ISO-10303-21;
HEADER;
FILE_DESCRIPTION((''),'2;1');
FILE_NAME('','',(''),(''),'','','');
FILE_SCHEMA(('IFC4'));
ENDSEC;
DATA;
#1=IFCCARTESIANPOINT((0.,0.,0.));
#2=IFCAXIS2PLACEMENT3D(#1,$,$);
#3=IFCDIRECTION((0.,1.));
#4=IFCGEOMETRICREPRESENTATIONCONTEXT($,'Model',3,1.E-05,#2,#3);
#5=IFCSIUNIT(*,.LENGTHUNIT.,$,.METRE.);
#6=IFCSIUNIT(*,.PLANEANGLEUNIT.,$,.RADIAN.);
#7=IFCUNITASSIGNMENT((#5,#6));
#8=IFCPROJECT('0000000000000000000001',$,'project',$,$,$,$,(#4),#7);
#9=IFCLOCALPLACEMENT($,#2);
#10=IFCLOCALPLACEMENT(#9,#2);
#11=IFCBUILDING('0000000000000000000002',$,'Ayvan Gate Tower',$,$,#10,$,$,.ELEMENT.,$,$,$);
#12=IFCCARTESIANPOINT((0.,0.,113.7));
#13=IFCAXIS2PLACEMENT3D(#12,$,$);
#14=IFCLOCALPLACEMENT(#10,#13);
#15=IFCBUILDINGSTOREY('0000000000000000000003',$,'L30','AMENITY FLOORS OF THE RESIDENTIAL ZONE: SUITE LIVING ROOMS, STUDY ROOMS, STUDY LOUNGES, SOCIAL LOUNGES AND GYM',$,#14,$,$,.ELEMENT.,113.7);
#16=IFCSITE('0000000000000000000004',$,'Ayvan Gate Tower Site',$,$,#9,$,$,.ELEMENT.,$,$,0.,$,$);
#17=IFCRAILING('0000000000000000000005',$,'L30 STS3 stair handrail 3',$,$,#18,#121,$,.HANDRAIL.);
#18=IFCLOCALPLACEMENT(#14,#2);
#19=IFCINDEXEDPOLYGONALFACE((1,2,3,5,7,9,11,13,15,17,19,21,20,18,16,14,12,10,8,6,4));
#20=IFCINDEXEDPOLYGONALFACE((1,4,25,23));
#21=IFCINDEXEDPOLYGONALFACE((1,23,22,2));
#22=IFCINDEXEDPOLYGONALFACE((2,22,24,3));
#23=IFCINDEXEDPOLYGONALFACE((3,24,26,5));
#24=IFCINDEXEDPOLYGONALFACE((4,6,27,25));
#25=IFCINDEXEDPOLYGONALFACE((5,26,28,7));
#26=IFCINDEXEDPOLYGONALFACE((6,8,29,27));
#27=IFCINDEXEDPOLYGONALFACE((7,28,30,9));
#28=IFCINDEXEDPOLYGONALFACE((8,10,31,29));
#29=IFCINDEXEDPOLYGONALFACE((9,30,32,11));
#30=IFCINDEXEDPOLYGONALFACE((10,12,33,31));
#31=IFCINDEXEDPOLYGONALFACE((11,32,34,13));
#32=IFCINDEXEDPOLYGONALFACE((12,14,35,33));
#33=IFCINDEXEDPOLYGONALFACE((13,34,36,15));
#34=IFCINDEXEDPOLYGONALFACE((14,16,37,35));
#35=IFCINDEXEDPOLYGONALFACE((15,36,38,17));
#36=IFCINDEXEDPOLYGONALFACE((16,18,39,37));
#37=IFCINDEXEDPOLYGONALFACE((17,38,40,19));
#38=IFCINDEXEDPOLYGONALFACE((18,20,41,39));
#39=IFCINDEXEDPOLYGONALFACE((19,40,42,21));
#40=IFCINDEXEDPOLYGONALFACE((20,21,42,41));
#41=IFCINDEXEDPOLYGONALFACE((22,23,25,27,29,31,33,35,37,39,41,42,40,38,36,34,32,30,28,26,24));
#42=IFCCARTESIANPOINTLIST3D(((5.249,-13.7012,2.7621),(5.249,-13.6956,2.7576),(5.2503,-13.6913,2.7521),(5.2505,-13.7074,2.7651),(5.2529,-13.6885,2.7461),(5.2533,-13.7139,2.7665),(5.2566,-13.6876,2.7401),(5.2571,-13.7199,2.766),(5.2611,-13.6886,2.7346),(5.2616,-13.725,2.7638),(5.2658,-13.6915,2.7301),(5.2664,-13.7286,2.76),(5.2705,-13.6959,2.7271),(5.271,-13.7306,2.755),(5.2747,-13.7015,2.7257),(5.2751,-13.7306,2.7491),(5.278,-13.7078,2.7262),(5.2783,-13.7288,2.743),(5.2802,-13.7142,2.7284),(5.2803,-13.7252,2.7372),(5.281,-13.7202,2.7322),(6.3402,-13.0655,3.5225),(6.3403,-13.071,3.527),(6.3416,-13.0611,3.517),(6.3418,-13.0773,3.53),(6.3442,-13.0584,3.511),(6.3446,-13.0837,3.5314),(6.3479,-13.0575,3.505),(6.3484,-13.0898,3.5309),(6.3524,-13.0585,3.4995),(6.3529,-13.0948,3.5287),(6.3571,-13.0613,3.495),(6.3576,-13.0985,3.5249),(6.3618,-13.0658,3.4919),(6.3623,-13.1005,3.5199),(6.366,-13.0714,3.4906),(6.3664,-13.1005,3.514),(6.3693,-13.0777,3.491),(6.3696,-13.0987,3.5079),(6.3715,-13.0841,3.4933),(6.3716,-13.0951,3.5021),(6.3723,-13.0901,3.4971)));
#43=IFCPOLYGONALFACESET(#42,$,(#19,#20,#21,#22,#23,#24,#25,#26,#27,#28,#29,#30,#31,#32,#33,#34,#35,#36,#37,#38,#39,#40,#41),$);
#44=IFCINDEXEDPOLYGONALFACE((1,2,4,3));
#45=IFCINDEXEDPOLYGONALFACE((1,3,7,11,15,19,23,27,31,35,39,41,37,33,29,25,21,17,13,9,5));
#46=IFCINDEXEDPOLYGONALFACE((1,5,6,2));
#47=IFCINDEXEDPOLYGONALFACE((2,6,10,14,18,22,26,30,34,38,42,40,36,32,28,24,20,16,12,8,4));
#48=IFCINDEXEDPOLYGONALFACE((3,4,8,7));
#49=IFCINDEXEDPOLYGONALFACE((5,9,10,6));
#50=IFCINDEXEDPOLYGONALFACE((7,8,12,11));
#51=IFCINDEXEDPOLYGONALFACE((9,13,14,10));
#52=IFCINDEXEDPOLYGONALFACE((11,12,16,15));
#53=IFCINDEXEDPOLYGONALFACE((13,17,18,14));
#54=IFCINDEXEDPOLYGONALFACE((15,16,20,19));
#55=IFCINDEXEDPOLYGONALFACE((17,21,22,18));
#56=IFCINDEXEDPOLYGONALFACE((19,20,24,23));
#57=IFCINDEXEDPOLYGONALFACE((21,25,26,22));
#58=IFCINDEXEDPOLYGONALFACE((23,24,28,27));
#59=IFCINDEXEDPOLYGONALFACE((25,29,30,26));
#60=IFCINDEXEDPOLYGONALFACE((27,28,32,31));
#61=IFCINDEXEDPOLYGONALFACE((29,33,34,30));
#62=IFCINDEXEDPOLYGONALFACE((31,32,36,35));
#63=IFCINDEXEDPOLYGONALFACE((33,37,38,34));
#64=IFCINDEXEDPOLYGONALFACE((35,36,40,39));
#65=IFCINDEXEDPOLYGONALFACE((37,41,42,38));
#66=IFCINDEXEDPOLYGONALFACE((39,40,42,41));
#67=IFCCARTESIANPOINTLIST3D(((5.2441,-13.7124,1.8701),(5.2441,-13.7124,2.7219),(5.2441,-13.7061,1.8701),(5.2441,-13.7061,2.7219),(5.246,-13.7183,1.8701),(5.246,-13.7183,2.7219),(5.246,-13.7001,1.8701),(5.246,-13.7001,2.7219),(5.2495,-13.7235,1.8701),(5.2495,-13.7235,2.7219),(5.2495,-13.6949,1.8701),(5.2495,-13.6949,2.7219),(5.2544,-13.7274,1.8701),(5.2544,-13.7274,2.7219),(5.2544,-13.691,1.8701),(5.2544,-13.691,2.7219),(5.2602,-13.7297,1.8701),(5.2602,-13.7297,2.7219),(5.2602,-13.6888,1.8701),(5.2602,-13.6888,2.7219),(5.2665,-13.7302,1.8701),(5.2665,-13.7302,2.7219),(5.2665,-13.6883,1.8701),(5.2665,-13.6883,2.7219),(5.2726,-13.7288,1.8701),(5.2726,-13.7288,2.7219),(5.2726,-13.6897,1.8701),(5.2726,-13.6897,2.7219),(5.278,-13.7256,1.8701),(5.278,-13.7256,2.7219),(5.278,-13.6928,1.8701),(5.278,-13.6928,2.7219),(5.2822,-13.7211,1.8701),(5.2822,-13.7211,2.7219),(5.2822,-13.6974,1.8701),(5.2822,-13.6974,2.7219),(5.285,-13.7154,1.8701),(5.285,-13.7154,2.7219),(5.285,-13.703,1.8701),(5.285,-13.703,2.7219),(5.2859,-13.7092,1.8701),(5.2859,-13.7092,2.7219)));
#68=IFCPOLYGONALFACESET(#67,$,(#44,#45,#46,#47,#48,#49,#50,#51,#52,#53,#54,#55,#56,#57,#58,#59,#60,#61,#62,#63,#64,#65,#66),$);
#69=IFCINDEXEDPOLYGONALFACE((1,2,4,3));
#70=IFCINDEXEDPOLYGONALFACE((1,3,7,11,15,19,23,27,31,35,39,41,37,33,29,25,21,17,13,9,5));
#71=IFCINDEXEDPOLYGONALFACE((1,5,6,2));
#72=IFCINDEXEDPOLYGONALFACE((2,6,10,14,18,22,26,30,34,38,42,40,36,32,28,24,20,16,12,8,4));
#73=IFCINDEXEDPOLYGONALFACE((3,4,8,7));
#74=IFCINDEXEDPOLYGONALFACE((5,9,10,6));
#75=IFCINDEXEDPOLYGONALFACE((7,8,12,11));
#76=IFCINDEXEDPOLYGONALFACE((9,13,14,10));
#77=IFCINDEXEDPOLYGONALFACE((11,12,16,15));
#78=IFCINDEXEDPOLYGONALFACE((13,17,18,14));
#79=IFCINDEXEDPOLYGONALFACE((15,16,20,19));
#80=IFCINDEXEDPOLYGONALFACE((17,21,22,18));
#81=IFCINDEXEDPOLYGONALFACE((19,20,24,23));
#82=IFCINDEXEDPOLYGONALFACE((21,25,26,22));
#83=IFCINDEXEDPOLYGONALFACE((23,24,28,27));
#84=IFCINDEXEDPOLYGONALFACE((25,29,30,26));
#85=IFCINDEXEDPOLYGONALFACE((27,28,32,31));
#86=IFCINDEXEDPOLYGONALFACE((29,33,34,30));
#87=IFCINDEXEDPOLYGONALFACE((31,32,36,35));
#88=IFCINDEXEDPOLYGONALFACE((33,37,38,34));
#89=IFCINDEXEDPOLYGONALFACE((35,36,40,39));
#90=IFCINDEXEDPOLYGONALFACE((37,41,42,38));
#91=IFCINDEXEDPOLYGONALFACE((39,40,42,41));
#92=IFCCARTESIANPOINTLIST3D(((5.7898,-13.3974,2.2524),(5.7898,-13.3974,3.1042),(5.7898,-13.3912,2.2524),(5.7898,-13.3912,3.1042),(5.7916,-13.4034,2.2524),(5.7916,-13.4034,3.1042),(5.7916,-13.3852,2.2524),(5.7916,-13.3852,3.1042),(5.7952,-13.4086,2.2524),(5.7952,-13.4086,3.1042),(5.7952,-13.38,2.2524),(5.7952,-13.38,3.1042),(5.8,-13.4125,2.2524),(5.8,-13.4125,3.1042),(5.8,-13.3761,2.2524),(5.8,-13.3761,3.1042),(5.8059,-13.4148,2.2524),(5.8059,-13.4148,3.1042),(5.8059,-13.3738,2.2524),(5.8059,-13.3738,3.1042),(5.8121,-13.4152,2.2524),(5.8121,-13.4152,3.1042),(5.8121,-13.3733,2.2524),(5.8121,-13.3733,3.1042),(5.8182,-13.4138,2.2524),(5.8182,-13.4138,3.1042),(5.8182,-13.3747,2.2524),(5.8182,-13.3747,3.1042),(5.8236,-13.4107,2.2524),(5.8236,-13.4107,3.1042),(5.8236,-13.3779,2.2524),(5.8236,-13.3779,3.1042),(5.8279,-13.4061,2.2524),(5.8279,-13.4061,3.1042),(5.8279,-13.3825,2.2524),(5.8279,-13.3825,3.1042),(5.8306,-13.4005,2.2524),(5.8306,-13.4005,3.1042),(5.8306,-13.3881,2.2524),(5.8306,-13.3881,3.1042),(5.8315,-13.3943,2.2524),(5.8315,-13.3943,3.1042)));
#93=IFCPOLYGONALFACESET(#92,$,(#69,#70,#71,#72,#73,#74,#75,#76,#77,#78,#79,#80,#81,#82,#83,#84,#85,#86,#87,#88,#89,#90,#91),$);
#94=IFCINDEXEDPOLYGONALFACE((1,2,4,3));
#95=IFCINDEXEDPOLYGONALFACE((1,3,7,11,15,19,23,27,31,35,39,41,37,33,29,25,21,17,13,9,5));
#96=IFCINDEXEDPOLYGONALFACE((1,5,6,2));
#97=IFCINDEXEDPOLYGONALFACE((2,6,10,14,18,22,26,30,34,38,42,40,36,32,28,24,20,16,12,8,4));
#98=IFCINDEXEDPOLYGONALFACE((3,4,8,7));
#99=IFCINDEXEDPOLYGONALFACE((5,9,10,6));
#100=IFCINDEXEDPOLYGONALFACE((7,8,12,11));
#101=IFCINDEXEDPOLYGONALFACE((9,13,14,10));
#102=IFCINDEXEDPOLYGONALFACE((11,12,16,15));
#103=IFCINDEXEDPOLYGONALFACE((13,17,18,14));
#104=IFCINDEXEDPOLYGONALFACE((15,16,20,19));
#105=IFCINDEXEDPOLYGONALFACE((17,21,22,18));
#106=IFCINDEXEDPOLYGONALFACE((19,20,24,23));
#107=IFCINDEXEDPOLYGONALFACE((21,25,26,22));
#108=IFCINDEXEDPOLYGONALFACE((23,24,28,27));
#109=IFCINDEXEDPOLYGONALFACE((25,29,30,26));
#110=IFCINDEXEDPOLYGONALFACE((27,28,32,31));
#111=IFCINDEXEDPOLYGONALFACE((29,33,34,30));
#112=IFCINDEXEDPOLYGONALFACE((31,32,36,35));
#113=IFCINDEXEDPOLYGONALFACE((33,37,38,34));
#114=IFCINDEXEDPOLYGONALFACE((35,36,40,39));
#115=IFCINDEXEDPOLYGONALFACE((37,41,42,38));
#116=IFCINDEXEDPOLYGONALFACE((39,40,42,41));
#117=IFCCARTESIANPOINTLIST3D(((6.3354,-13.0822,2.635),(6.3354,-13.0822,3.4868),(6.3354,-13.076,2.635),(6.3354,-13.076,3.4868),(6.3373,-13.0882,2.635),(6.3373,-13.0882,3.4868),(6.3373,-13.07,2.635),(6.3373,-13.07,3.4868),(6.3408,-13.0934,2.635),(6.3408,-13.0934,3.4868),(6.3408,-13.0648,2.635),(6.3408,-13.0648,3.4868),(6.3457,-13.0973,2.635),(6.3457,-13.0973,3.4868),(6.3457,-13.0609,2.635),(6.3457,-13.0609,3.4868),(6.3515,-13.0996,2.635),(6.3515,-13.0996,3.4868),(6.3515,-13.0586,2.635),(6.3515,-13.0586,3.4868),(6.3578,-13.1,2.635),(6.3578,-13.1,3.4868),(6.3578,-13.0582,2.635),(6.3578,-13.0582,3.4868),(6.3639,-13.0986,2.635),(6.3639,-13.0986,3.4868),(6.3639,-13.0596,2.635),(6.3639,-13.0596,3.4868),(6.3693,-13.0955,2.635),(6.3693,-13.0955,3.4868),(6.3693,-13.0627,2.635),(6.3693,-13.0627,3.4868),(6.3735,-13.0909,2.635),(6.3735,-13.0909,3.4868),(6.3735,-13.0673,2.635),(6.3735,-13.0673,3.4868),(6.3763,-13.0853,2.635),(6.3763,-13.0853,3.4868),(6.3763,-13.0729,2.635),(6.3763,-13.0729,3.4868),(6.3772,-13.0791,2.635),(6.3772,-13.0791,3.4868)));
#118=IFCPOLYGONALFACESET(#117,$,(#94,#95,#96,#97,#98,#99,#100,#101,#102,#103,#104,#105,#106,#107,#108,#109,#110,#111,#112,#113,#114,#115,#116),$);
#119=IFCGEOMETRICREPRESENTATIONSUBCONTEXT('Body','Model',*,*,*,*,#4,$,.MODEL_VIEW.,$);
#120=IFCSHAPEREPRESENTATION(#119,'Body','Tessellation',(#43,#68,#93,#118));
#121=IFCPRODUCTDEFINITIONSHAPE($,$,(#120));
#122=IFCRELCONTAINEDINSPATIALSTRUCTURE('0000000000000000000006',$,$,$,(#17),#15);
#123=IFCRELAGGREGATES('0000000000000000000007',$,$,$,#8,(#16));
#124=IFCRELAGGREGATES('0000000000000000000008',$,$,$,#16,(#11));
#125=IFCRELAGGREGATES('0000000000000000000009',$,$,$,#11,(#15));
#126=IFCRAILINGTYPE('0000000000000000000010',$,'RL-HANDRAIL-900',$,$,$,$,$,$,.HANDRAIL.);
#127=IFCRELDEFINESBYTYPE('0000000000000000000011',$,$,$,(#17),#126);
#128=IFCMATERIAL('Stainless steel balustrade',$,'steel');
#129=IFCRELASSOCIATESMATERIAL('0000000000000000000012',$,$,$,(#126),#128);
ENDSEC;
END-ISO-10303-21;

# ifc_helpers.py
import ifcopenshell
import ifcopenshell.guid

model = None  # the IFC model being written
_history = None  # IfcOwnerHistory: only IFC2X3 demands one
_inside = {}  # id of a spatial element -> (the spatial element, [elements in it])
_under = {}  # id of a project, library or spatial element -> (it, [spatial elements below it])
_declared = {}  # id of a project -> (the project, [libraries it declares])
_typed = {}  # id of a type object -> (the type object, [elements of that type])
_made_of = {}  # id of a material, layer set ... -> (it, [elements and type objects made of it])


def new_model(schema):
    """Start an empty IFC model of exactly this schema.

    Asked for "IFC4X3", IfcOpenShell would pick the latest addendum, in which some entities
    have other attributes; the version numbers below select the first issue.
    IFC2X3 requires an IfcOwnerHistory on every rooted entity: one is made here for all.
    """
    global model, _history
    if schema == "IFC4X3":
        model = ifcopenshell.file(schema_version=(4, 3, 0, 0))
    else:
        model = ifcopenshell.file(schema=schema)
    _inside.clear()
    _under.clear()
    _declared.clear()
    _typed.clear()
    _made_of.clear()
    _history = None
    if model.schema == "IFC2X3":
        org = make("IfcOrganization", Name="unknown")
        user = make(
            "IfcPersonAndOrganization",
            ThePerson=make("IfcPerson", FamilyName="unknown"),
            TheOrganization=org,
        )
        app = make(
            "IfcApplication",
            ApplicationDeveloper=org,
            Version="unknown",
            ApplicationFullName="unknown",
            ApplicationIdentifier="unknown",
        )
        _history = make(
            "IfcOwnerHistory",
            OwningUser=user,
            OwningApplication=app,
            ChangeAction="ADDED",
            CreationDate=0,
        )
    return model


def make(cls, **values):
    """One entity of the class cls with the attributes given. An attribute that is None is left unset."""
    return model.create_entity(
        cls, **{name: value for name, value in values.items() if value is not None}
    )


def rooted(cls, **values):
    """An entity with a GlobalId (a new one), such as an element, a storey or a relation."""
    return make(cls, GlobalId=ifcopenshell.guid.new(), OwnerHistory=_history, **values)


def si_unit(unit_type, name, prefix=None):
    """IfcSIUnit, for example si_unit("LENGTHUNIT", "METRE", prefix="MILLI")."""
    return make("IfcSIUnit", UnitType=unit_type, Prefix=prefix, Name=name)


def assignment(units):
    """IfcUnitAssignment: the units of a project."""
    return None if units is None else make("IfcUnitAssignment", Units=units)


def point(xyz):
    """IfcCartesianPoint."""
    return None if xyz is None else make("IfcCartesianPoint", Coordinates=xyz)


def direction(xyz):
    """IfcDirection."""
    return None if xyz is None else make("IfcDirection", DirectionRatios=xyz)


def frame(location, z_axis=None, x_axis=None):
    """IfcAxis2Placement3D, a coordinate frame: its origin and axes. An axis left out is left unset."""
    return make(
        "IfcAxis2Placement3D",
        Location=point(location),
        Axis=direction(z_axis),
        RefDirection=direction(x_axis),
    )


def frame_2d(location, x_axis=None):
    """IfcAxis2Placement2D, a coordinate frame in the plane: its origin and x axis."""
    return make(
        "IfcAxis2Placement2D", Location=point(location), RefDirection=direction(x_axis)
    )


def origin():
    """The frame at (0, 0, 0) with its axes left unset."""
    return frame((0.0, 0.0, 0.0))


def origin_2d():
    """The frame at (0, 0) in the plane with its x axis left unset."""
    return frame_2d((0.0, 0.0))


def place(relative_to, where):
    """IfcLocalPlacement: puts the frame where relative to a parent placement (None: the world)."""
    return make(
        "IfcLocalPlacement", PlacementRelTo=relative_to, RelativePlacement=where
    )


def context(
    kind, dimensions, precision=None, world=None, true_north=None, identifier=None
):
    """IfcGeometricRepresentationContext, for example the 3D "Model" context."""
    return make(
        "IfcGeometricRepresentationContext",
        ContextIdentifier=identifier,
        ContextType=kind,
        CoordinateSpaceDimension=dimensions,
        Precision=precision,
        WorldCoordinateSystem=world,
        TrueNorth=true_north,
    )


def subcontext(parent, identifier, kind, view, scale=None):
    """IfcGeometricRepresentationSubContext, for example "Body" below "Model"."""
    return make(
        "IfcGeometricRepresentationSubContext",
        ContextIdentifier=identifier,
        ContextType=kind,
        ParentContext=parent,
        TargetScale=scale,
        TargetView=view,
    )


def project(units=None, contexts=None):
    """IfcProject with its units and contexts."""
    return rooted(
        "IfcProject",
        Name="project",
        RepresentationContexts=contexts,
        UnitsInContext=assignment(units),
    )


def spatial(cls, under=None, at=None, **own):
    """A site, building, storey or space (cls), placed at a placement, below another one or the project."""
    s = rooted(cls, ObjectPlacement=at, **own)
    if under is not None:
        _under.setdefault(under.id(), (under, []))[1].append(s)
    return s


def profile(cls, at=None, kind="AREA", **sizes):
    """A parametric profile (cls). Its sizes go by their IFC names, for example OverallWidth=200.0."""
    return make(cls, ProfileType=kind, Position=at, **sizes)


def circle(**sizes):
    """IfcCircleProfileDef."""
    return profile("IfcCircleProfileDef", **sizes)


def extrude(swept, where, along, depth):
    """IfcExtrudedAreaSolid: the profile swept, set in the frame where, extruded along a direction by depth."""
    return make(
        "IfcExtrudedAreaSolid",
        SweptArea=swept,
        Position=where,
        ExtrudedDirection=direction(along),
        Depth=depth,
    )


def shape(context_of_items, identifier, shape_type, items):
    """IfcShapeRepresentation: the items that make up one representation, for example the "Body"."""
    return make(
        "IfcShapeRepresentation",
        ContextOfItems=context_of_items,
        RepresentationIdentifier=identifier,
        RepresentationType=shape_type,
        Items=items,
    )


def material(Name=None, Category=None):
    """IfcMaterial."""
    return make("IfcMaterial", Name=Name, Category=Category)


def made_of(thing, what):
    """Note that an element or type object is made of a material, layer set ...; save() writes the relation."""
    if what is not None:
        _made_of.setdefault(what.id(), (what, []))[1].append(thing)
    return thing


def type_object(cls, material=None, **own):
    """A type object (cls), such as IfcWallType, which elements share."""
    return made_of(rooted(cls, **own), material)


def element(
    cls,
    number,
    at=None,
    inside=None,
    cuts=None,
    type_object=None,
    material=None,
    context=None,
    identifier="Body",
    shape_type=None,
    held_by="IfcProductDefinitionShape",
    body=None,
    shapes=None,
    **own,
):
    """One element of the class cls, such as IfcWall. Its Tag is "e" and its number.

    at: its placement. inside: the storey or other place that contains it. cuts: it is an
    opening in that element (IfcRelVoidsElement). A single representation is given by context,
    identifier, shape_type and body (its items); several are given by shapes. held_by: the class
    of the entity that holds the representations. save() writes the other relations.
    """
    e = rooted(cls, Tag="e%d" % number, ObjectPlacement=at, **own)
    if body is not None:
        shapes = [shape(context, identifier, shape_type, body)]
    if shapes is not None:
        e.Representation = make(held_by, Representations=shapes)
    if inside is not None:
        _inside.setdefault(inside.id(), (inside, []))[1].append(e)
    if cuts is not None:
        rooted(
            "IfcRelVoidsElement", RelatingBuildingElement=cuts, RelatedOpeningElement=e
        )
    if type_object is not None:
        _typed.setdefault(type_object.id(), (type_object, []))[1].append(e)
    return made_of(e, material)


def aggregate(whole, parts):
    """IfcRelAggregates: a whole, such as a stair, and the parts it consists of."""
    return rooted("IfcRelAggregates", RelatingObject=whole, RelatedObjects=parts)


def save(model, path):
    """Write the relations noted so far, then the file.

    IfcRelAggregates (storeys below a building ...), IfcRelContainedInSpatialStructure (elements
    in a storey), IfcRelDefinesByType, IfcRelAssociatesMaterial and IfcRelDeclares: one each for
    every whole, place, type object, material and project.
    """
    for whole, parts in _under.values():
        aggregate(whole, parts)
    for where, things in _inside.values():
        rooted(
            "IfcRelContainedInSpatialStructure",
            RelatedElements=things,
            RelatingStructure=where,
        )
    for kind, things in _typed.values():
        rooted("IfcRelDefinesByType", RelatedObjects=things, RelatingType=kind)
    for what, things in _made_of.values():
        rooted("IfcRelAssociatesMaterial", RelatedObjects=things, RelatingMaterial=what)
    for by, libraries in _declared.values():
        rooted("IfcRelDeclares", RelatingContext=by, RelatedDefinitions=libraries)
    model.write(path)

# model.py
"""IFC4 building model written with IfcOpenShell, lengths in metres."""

from ifc_helpers import new_model, si_unit, direction, frame, origin, origin_2d, place, context, subcontext, project, spatial, circle, extrude, material, type_object, element, save


model = new_model("IFC4")

# Units and contexts
model_context = context("Model", 3, precision=1e-05, world=origin(), true_north=direction((0.0, 1.0)))
body_context = subcontext(model_context, "Body", "Model", "MODEL_VIEW")
ifc_project = project(units=[si_unit("LENGTHUNIT", "METRE"), si_unit("PLANEANGLEUNIT", "RADIAN")], contexts=[model_context])

# Site, building, storey
site_placement = place(None, origin())
site = spatial("IfcSite", under=ifc_project, at=site_placement, Name="Ayvan Gate Tower Site", CompositionType="ELEMENT", RefElevation=0.0)
building_placement = place(site_placement, origin())
building = spatial("IfcBuilding", under=site, at=building_placement, Name="Ayvan Gate Tower", CompositionType="ELEMENT")
storey_placement = place(building_placement, frame((0.0, 0.0, 113.7)))
storey = spatial("IfcBuildingStorey", under=building, at=storey_placement, Name="L30", Description="AMENITY FLOORS OF THE RESIDENTIAL ZONE: SUITE LIVING ROOMS, STUDY ROOMS, STUDY LOUNGES, SOCIAL LOUNGES AND GYM", CompositionType="ELEMENT", Elevation=113.7)

# Railing
ifc_material_1 = material(Name="Stainless steel balustrade", Category="steel")
railing_type_1 = type_object("IfcRailingType", Name="RL-HANDRAIL-900", PredefinedType="HANDRAIL", material=ifc_material_1)
railing_1_placement = place(storey_placement, frame((5.2649, -13.7092, 1.8701)))
element("IfcRailing", 1, at=railing_1_placement, inside=storey, type_object=railing_type_1, Name="L30 STS3 stair handrail 3", PredefinedType="HANDRAIL", context=body_context, shape_type="SweptSolid", body=[
    extrude(circle(Radius=0.0239, at=origin_2d()), frame((0.0, 0.0, 0.876), z_axis=(0.740304, 0.427455, 0.518875), x_axis=(-0.500035, 0.866005, 0.0)), (0.0, 0.0, 1.0), 1.4741),
    extrude(circle(Radius=0.021, at=origin_2d()), origin(), (0.0, 0.0, 1.0), 0.8518),
    extrude(circle(Radius=0.021, at=origin_2d()), frame((0.5457, 0.3149, 0.3823)), (0.0, 0.0, 1.0), 0.8518),
    extrude(circle(Radius=0.021, at=origin_2d()), frame((1.0913, 0.6301, 0.7649)), (0.0, 0.0, 1.0), 0.8518),
])

save(model, "model.ifc")
